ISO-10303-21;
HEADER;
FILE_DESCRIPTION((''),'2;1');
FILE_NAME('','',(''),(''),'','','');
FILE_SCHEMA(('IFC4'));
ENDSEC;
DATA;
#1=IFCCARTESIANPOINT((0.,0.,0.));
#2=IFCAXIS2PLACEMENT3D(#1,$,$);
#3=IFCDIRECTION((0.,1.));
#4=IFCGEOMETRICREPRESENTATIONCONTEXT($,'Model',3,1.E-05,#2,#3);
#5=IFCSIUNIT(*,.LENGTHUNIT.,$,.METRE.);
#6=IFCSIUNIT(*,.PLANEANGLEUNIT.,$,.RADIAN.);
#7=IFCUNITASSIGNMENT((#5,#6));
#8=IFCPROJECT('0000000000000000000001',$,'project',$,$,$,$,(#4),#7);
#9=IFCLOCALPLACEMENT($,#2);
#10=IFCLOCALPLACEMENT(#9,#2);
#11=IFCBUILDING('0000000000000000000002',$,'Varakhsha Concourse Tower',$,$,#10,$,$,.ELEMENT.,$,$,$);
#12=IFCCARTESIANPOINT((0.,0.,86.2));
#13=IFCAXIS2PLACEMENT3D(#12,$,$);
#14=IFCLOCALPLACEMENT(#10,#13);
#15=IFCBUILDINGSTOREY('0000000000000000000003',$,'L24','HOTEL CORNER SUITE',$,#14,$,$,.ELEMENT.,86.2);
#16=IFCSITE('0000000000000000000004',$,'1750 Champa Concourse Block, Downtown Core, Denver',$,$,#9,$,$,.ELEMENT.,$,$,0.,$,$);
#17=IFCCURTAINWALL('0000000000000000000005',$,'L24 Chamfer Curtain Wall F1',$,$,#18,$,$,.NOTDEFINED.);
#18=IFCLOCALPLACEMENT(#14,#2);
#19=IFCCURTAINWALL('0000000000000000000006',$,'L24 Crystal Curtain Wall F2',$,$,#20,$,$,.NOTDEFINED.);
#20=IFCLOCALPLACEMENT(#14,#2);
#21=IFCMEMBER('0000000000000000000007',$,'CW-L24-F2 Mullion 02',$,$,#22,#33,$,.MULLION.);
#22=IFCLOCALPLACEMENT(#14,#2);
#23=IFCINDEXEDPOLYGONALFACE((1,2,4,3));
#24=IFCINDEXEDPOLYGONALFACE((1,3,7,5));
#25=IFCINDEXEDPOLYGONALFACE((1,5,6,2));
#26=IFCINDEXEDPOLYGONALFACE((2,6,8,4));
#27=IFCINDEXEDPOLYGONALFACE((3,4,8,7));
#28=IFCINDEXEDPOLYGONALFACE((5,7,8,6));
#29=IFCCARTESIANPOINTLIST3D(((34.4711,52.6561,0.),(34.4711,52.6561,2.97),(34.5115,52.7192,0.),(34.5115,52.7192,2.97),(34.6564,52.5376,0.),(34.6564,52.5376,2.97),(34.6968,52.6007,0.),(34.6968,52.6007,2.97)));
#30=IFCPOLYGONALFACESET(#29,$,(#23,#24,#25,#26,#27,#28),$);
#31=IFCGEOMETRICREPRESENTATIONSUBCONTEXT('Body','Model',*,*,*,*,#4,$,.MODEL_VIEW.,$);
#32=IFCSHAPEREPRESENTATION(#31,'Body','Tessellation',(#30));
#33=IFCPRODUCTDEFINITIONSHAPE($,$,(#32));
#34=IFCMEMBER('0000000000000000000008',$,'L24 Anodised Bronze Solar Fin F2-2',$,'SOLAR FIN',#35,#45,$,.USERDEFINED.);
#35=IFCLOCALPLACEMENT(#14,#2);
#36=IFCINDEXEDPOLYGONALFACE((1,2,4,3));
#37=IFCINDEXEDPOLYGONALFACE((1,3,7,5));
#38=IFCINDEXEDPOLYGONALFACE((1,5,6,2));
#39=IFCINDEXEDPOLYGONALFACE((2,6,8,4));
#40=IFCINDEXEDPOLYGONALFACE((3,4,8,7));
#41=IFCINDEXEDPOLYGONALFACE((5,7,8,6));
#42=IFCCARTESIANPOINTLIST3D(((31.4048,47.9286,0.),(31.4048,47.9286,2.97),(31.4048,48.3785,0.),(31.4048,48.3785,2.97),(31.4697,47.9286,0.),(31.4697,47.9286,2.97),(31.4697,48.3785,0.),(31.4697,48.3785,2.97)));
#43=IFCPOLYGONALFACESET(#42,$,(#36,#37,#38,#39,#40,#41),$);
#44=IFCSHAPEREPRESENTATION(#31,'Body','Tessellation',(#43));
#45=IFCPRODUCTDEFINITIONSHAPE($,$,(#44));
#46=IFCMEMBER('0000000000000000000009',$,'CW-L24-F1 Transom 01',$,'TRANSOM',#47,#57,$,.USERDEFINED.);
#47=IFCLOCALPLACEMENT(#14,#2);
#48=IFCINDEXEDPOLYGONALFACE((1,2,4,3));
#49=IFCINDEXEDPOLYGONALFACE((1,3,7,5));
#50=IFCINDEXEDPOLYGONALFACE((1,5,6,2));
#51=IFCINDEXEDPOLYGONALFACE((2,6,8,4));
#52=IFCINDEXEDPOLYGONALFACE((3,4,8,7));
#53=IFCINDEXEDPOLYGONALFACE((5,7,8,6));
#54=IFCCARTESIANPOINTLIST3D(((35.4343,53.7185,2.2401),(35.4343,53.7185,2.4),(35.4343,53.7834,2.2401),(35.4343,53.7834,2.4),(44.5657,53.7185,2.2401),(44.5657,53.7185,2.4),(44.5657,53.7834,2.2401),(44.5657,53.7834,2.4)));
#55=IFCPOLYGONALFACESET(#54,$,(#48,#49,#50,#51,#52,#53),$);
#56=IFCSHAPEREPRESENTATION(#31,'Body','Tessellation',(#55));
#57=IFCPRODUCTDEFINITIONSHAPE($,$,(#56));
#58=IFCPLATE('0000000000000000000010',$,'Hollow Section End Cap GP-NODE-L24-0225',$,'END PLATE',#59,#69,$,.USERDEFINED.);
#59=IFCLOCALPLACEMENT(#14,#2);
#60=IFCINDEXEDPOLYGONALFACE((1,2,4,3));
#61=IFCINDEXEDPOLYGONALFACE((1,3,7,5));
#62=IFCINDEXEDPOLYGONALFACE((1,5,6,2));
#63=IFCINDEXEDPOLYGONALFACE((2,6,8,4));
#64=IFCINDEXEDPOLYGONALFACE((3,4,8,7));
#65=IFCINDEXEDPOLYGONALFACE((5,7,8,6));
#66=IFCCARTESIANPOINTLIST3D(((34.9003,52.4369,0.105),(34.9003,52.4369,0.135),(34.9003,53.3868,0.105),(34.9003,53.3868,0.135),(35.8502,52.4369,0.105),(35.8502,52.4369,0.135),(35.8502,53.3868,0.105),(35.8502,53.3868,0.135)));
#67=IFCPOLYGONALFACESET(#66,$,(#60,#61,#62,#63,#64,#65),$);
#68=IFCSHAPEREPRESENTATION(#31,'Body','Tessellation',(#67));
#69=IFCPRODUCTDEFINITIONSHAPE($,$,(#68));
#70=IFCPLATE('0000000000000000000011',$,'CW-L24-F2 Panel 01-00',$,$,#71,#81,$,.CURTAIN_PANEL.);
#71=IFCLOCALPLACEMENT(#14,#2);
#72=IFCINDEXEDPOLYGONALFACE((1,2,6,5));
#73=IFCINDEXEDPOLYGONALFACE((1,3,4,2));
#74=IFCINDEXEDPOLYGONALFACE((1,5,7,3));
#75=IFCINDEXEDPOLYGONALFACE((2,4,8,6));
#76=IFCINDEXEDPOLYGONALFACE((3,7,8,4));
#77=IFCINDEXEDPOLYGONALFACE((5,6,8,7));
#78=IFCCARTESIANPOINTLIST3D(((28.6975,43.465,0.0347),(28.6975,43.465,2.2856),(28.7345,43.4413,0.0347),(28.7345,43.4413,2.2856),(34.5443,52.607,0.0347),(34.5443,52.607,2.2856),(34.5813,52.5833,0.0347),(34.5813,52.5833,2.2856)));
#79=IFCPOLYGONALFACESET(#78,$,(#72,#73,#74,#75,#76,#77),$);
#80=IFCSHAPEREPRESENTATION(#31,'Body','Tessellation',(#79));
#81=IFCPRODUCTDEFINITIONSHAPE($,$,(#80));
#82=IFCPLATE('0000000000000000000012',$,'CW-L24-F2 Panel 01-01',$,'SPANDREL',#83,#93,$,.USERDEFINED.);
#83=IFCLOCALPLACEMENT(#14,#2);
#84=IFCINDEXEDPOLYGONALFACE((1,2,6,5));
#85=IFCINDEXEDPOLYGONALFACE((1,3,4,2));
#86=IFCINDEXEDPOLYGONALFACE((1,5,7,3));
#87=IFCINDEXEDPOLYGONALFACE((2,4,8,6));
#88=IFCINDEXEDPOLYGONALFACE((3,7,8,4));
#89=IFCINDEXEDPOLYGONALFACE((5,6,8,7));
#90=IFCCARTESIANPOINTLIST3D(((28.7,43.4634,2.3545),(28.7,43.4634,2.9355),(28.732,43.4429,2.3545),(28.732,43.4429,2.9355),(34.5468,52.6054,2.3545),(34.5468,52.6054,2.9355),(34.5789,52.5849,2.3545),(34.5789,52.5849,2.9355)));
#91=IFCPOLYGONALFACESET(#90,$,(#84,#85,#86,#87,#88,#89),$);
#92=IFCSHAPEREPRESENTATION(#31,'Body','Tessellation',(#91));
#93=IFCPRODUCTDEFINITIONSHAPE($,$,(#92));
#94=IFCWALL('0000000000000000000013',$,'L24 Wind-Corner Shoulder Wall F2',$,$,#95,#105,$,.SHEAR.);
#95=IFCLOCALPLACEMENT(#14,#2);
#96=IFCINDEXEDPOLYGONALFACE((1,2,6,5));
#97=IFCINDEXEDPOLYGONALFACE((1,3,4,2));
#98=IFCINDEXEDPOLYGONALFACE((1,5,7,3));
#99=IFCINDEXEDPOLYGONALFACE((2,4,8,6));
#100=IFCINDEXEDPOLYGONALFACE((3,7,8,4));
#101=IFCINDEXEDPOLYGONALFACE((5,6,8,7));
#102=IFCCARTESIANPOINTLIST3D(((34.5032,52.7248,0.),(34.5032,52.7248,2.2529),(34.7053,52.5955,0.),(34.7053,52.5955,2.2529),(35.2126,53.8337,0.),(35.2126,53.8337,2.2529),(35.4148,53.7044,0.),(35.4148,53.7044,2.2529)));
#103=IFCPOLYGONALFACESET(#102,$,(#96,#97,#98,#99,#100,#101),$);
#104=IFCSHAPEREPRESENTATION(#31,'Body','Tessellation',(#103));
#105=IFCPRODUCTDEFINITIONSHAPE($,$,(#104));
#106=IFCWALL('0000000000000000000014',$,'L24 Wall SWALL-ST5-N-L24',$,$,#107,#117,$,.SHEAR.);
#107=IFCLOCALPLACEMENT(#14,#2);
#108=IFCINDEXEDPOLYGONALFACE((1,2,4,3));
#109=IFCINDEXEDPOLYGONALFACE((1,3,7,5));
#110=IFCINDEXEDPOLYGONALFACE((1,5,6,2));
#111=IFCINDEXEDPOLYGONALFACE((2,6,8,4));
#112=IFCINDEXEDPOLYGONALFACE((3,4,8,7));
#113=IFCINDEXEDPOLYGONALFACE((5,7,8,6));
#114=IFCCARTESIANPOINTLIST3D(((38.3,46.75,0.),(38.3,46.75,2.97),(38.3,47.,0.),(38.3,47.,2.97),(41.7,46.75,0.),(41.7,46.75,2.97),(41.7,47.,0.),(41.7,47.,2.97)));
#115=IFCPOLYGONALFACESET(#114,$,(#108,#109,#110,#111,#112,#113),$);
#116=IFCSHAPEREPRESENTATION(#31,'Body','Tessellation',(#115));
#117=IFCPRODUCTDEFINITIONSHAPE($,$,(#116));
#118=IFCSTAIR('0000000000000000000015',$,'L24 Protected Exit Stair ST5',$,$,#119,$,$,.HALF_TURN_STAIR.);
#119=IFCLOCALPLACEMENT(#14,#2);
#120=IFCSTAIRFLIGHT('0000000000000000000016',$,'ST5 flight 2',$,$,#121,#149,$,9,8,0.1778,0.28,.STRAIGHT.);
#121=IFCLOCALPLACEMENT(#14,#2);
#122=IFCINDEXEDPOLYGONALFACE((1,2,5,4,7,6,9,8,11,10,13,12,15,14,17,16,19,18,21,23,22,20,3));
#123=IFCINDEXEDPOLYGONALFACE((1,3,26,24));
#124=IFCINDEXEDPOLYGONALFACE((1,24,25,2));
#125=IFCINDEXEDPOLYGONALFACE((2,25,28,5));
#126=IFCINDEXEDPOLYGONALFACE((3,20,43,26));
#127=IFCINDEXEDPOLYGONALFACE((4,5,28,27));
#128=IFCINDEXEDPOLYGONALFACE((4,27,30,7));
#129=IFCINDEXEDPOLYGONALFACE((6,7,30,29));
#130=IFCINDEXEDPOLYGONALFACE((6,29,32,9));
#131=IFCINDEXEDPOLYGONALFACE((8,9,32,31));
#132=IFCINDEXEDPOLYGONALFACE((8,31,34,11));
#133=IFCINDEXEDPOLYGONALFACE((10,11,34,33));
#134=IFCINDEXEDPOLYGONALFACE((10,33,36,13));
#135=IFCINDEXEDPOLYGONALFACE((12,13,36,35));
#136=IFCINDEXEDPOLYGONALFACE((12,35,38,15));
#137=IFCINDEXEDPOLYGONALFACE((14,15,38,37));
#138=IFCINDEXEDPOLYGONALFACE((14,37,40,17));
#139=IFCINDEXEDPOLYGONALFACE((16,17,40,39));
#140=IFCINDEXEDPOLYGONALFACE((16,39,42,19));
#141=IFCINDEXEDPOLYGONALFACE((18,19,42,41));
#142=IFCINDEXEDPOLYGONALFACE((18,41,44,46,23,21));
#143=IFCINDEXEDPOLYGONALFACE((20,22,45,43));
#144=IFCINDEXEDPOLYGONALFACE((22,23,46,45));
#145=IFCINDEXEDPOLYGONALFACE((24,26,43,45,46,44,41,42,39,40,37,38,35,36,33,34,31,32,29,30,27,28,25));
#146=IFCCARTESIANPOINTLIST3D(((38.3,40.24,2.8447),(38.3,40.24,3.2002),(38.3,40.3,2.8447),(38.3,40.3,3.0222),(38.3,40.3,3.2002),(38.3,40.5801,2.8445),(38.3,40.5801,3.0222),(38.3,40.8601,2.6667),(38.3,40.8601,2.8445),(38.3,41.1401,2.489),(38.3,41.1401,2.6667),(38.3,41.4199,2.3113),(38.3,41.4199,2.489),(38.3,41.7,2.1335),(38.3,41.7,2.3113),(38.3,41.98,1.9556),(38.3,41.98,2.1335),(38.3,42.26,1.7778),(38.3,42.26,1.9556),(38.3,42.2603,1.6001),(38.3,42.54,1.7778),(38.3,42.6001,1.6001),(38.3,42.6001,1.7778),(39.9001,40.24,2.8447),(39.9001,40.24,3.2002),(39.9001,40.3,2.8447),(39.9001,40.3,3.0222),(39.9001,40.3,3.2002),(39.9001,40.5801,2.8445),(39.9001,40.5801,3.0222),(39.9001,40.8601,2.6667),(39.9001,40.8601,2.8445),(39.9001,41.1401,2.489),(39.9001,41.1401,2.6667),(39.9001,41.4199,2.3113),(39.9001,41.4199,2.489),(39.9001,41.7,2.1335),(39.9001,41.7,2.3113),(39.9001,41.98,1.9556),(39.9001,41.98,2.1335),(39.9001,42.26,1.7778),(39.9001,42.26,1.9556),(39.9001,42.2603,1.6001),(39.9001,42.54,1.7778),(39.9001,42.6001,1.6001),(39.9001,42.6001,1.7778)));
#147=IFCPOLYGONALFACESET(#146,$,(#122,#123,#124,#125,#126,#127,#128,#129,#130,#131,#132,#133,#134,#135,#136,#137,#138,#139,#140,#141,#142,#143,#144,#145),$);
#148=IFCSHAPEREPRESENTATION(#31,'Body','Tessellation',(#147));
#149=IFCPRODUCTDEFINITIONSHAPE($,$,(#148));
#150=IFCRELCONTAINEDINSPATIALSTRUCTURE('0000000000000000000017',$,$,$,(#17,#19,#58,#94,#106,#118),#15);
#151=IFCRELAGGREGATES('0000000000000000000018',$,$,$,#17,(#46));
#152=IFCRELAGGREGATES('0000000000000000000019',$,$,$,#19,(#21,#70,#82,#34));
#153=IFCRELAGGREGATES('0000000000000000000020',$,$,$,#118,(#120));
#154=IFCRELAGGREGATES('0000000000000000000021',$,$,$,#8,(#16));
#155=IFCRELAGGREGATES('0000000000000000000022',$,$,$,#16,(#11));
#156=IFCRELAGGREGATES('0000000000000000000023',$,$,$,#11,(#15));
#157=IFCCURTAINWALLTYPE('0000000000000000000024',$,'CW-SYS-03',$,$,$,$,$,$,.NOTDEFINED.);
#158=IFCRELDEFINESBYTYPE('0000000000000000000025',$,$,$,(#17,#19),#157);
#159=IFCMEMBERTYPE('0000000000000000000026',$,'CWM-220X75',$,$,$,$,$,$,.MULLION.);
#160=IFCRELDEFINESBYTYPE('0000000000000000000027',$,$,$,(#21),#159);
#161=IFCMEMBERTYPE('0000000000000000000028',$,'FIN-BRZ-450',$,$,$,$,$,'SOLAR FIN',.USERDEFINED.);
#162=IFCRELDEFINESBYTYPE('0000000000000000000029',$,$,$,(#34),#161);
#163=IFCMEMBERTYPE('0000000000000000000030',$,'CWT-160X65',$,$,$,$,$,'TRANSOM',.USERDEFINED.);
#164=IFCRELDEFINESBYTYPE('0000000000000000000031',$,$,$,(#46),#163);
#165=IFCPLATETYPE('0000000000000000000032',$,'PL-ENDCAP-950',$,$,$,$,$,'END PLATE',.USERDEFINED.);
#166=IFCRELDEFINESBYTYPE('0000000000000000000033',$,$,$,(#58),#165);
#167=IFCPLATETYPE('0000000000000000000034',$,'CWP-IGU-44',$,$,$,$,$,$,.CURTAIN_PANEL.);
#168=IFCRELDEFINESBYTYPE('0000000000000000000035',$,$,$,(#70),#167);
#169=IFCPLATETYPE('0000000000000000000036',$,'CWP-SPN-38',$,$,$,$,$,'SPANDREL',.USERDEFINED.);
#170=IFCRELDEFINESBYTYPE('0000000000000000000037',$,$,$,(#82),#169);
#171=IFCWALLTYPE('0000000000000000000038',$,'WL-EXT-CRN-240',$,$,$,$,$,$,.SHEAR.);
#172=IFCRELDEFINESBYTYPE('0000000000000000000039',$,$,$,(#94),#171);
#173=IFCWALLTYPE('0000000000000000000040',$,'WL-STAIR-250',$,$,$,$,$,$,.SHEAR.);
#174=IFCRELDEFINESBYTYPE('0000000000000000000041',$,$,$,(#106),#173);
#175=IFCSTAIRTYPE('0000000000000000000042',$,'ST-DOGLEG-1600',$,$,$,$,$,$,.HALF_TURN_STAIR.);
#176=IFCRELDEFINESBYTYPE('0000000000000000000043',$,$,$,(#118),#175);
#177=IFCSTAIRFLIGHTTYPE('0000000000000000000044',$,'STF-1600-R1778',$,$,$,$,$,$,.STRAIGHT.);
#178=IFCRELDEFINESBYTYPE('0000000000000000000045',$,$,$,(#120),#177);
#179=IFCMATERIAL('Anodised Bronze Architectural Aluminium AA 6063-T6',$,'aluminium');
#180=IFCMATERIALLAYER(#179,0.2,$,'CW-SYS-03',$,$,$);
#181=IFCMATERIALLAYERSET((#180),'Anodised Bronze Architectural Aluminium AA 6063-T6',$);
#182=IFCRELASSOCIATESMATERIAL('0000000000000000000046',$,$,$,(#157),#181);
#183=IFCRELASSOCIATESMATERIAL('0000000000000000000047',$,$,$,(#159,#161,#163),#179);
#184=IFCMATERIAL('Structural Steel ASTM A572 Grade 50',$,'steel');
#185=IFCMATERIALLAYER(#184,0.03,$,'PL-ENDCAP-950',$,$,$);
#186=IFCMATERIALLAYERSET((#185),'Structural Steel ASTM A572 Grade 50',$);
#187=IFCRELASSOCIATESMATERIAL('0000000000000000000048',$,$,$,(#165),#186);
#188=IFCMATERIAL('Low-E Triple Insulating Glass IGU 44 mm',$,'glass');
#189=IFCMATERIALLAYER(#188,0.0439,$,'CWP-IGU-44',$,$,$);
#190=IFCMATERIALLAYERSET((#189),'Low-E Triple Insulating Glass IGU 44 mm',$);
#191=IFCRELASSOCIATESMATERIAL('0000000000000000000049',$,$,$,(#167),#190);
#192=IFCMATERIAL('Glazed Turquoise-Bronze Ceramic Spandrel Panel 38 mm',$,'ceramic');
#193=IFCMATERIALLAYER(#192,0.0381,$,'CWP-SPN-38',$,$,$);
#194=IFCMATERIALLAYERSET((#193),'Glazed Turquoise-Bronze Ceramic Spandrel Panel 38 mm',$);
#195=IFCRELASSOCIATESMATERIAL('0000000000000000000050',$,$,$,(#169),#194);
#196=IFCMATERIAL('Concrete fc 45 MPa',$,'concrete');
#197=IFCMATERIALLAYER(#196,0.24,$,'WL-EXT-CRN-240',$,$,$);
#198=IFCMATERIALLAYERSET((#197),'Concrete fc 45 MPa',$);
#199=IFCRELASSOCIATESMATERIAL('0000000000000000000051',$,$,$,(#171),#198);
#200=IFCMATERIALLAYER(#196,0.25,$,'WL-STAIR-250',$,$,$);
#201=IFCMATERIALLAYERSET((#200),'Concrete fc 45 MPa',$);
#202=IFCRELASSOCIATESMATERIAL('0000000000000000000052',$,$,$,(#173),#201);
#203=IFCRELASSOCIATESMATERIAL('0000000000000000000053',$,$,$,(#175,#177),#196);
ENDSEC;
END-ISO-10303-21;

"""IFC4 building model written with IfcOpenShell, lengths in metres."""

from ifc_helpers import new_model, si_unit, direction, frame, frame_2d, origin, origin_2d, place, context, subcontext, project, spatial, polyline, rectangle, outline, extrude, source, transform, mapped, material, layer, layer_set, material_profile, profile_set, type_object, type_shapes, element, aggregate, save


model = new_model("IFC4")

# Units and contexts
model_context = context("Model", 3, precision=1e-05, world=origin(), true_north=direction((0.0, 1.0)))
body_context = subcontext(model_context, "Body", "Model", "MODEL_VIEW")
ifc_project = project(units=[si_unit("LENGTHUNIT", "METRE"), si_unit("PLANEANGLEUNIT", "RADIAN")], contexts=[model_context])

# Site, building, storey
site_placement = place(None, origin())
site = spatial("IfcSite", under=ifc_project, at=site_placement, Name="1750 Champa Concourse Block, Downtown Core, Denver", CompositionType="ELEMENT", RefElevation=0.0)
building_placement = place(site_placement, origin())
building = spatial("IfcBuilding", under=site, at=building_placement, Name="Varakhsha Concourse Tower", CompositionType="ELEMENT")
storey_placement = place(building_placement, frame((0.0, 0.0, 86.2)))
storey = spatial("IfcBuildingStorey", under=building, at=storey_placement, Name="L24", Description="HOTEL CORNER SUITE", CompositionType="ELEMENT", Elevation=86.2)

# Shared definitions
ifc_material_1 = material(Name="Structural Steel ASTM A572 Grade 50", Category="steel")

# Curtain wall
ifc_material_2 = material(Name="Anodised Bronze Architectural Aluminium AA 6063-T6", Category="aluminium")
ifc_layer_1 = layer(ifc_material_2, 0.2, Name="CW-SYS-03")
ifc_layer_set_1 = layer_set([ifc_layer_1], Name="Anodised Bronze Architectural Aluminium AA 6063-T6")
curtain_wall_type = type_object("IfcCurtainWallType", Name="CW-SYS-03", PredefinedType="NOTDEFINED", material=ifc_layer_set_1)
curtain_wall_1_placement = place(storey_placement, origin())
curtain_wall_1 = element("IfcCurtainWall", 1, at=curtain_wall_1_placement, inside=storey, type_object=curtain_wall_type, Name="L24 Chamfer Curtain Wall F1", PredefinedType="NOTDEFINED")
ifc_material_profile_1 = material_profile(ifc_material_2, rectangle(XDim=0.075, YDim=0.22, at=origin_2d()), Name="CWM-220X75")
ifc_profile_set_1 = profile_set([ifc_material_profile_1], Name="Anodised Bronze Architectural Aluminium AA 6063-T6")
member_type_1 = type_object("IfcMemberType", Name="CWM-220X75", PredefinedType="MULLION", material=ifc_profile_set_1)
shared_shape_1 = source(origin(), body_context, "Body", "SweptSolid", [
    extrude(rectangle(XDim=0.075, YDim=0.22, at=origin_2d()), origin(), (0.0, 0.0, 1.0), 2.97),
])
type_shapes(member_type_1, [shared_shape_1])

# Curtain wall, members
curtain_wall_2_placement = place(storey_placement, origin())
curtain_wall_2 = element("IfcCurtainWall", 2, at=curtain_wall_2_placement, inside=storey, type_object=curtain_wall_type, Name="L24 Crystal Curtain Wall F2", PredefinedType="NOTDEFINED")
member_1_placement = place(storey_placement, frame((34.584, 52.6284, 0.0), z_axis=(0.0, 0.0, 1.0), x_axis=(0.538787, 0.842442, 0.0)))
member_1 = element("IfcMember", 3, at=member_1_placement, type_object=member_type_1, Name="CW-L24-F2 Mullion 02", PredefinedType="MULLION", context=body_context, shape_type="MappedRepresentation", body=[
    mapped(shared_shape_1, transform((0.0, 0.0, 0.0), scale=1.0)),
])
ifc_material_profile_2 = material_profile(ifc_material_2, rectangle(XDim=0.0649, YDim=0.45, at=origin_2d()), Name="FIN-BRZ-450")
ifc_profile_set_2 = profile_set([ifc_material_profile_2], Name="Anodised Bronze Architectural Aluminium AA 6063-T6")
member_type_2 = type_object("IfcMemberType", Name="FIN-BRZ-450", ElementType="SOLAR FIN", PredefinedType="USERDEFINED", material=ifc_profile_set_2)
shared_shape_2 = source(origin(), body_context, "Body", "SweptSolid", [
    extrude(rectangle(XDim=0.0649, YDim=0.45, at=origin_2d()), origin(), (0.0, 0.0, 1.0), 2.97),
])
type_shapes(member_type_2, [shared_shape_2])
member_2_placement = place(storey_placement, frame((31.4373, 48.1536, 0.0), z_axis=(0.0, 0.0, 1.0), x_axis=(1.0, 0.0, 0.0)))
member_2 = element("IfcMember", 4, at=member_2_placement, type_object=member_type_2, Name="L24 Anodised Bronze Solar Fin F2-2", ObjectType="SOLAR FIN", PredefinedType="USERDEFINED", context=body_context, shape_type="MappedRepresentation", body=[
    mapped(shared_shape_2, transform((0.0, 0.0, 0.0), scale=1.0)),
])

# Member
ifc_material_profile_3 = material_profile(ifc_material_2, rectangle(XDim=0.0649, YDim=0.1599, at=origin_2d()), Name="CWT-160X65")
ifc_profile_set_3 = profile_set([ifc_material_profile_3], Name="Anodised Bronze Architectural Aluminium AA 6063-T6")
member_type_3 = type_object("IfcMemberType", Name="CWT-160X65", ElementType="TRANSOM", PredefinedType="USERDEFINED", material=ifc_profile_set_3)
shared_shape_3 = source(origin(), body_context, "Body", "SweptSolid", [
    extrude(rectangle(XDim=0.0649, YDim=0.1599, at=origin_2d()), origin(), (0.0, 0.0, 1.0), 9.1313),
])
type_shapes(member_type_3, [shared_shape_3])
member_3_placement = place(storey_placement, frame((35.4343, 53.751, 2.3201), z_axis=(1.0, 0.0, 0.0), x_axis=(0.0, 1.0, 0.0)))
member_3 = element("IfcMember", 5, at=member_3_placement, type_object=member_type_3, Name="CW-L24-F1 Transom 01", ObjectType="TRANSOM", PredefinedType="USERDEFINED", context=body_context, shape_type="MappedRepresentation", body=[
    mapped(shared_shape_3, transform((0.0, 0.0, 0.0), scale=1.0)),
])
aggregate(curtain_wall_1, [member_3])

# Plates
ifc_layer_2 = layer(ifc_material_1, 0.03, Name="PL-ENDCAP-950")
ifc_layer_set_2 = layer_set([ifc_layer_2], Name="Structural Steel ASTM A572 Grade 50")
plate_type_1 = type_object("IfcPlateType", Name="PL-ENDCAP-950", ElementType="END PLATE", PredefinedType="USERDEFINED", material=ifc_layer_set_2)
shared_shape_4 = source(origin(), body_context, "Body", "SweptSolid", [
    extrude(rectangle(XDim=0.95, YDim=0.95, at=origin_2d()), origin(), (0.0, 0.0, 1.0), 0.03),
])
type_shapes(plate_type_1, [shared_shape_4])
plate_1_placement = place(storey_placement, frame((35.3752, 52.9119, 0.105), z_axis=(0.0, 0.0, 1.0), x_axis=(1.0, 0.0, 0.0)))
element("IfcPlate", 6, at=plate_1_placement, inside=storey, type_object=plate_type_1, Name="Hollow Section End Cap GP-NODE-L24-0225", ObjectType="END PLATE", PredefinedType="USERDEFINED", context=body_context, shape_type="MappedRepresentation", body=[
    mapped(shared_shape_4, transform((0.0, 0.0, 0.0), scale=1.0)),
])
ifc_material_3 = material(Name="Low-E Triple Insulating Glass IGU 44 mm", Category="glass")
ifc_layer_3 = layer(ifc_material_3, 0.0439, Name="CWP-IGU-44")
ifc_layer_set_3 = layer_set([ifc_layer_3], Name="Low-E Triple Insulating Glass IGU 44 mm")
plate_type_2 = type_object("IfcPlateType", Name="CWP-IGU-44", PredefinedType="CURTAIN_PANEL", material=ifc_layer_set_3)
shared_shape_5 = source(origin(), body_context, "Body", "SweptSolid", [
    extrude(rectangle(XDim=10.8518, YDim=0.0439, at=origin_2d()), origin(), (0.0, 0.0, 1.0), 2.251),
])
type_shapes(plate_type_2, [shared_shape_5])
plate_2_placement = place(storey_placement, frame((31.6394, 48.0242, 0.0347), z_axis=(0.0, 0.0, 1.0), x_axis=(0.538787, 0.842442, 0.0)))
plate_2 = element("IfcPlate", 7, at=plate_2_placement, type_object=plate_type_2, Name="CW-L24-F2 Panel 01-00", PredefinedType="CURTAIN_PANEL", context=body_context, shape_type="MappedRepresentation", body=[
    mapped(shared_shape_5, transform((0.0, 0.0, 0.0), scale=1.0)),
])
ifc_material_4 = material(Name="Glazed Turquoise-Bronze Ceramic Spandrel Panel 38 mm", Category="ceramic")
ifc_layer_4 = layer(ifc_material_4, 0.0381, Name="CWP-SPN-38")
ifc_layer_set_4 = layer_set([ifc_layer_4], Name="Glazed Turquoise-Bronze Ceramic Spandrel Panel 38 mm")
plate_type_3 = type_object("IfcPlateType", Name="CWP-SPN-38", ElementType="SPANDREL", PredefinedType="USERDEFINED", material=ifc_layer_set_4)
shared_shape_6 = source(origin(), body_context, "Body", "SweptSolid", [
    extrude(rectangle(XDim=10.8518, YDim=0.0381, at=origin_2d()), origin(), (0.0, 0.0, 1.0), 0.5811),
])
type_shapes(plate_type_3, [shared_shape_6])
plate_3_placement = place(storey_placement, frame((31.6394, 48.0242, 2.3545), z_axis=(0.0, 0.0, 1.0), x_axis=(0.538787, 0.842442, 0.0)))
plate_3 = element("IfcPlate", 8, at=plate_3_placement, type_object=plate_type_3, Name="CW-L24-F2 Panel 01-01", ObjectType="SPANDREL", PredefinedType="USERDEFINED", context=body_context, shape_type="MappedRepresentation", body=[
    mapped(shared_shape_6, transform((0.0, 0.0, 0.0), scale=1.0)),
])
aggregate(curtain_wall_2, [member_1, plate_2, plate_3, member_2])

# Walls
ifc_material_5 = material(Name="Concrete fc 45 MPa", Category="concrete")
ifc_layer_5 = layer(ifc_material_5, 0.24, Name="WL-EXT-CRN-240")
ifc_layer_set_5 = layer_set([ifc_layer_5], Name="Concrete fc 45 MPa")
wall_type_1 = type_object("IfcWallType", Name="WL-EXT-CRN-240", PredefinedType="SHEAR", material=ifc_layer_set_5)
wall_1_placement = place(storey_placement, frame((35.3137, 53.769, 0.0), z_axis=(0.0, 0.0, 1.0), x_axis=(-0.538938, -0.842345, 0.0)))
element("IfcWall", 9, at=wall_1_placement, inside=storey, type_object=wall_type_1, Name="L24 Wind-Corner Shoulder Wall F2", PredefinedType="SHEAR", context=body_context, shape_type="SweptSolid", body=[
    extrude(rectangle(XDim=1.3164, YDim=0.24, at=frame_2d((0.6582, 0.0))), origin(), (0.0, 0.0, 1.0), 2.2529),
])
ifc_layer_6 = layer(ifc_material_5, 0.25, Name="WL-STAIR-250")
ifc_layer_set_6 = layer_set([ifc_layer_6], Name="Concrete fc 45 MPa")
wall_type_2 = type_object("IfcWallType", Name="WL-STAIR-250", PredefinedType="SHEAR", material=ifc_layer_set_6)
wall_2_placement = place(storey_placement, frame((38.3, 46.875, 0.0), z_axis=(0.0, 0.0, 1.0), x_axis=(1.0, 0.0, 0.0)))
element("IfcWall", 10, at=wall_2_placement, inside=storey, type_object=wall_type_2, Name="L24 Wall SWALL-ST5-N-L24", PredefinedType="SHEAR", context=body_context, shape_type="SweptSolid", body=[
    extrude(rectangle(XDim=3.3999, YDim=0.25, at=frame_2d((1.7, 0.0))), origin(), (0.0, 0.0, 1.0), 2.97),
])

# Stair, stair flight
stair_type = type_object("IfcStairType", Name="ST-DOGLEG-1600", PredefinedType="HALF_TURN_STAIR", material=ifc_material_5)
stair_placement = place(storey_placement, origin())
stair = element("IfcStair", 11, at=stair_placement, inside=storey, type_object=stair_type, Name="L24 Protected Exit Stair ST5", PredefinedType="HALF_TURN_STAIR")
stair_flight_type = type_object("IfcStairFlightType", Name="STF-1600-R1778", PredefinedType="STRAIGHT", material=ifc_material_5)
stair_flight_placement = place(storey_placement, frame((39.1001, 42.54, 1.6001), z_axis=(0.0, 0.0, 1.0), x_axis=(0.0, -1.0, 0.0)))
stair_flight = element("IfcStairFlight", 12, at=stair_flight_placement, type_object=stair_flight_type, Name="ST5 flight 2", NumberOfRisers=9, NumberOfTreads=8, PredefinedType="STRAIGHT", RiserHeight=0.1778, TreadLength=0.28, context=body_context, shape_type="SweptSolid", body=[
    extrude(outline(polyline([(-0.0601, 0.0), (-0.0601, 0.1777), (0.0, 0.1777), (0.28, 0.1777), (0.28, 0.3555), (0.5601, 0.3555), (0.5601, 0.5334), (0.8401, 0.5334), (0.8401, 0.7112), (1.1201, 0.7112), (1.1201, 0.8889), (1.3999, 0.8889), (1.3999, 1.0667), (1.6799, 1.0667), (1.6799, 1.2444), (1.96, 1.2444), (1.96, 1.4221), (2.24, 1.4221), (2.24, 1.6001), (2.3, 1.6001), (2.3, 1.2446), (2.24, 1.2446), (0.2798, 0.0), (-0.0601, 0.0)])), frame((0.0, 0.8, 0.0), z_axis=(0.0, -1.0, 0.0), x_axis=(1.0, 0.0, 0.0)), (0.0, 0.0, 1.0), 1.6001),
])
aggregate(stair, [stair_flight])

save(model, "model.ifc")
